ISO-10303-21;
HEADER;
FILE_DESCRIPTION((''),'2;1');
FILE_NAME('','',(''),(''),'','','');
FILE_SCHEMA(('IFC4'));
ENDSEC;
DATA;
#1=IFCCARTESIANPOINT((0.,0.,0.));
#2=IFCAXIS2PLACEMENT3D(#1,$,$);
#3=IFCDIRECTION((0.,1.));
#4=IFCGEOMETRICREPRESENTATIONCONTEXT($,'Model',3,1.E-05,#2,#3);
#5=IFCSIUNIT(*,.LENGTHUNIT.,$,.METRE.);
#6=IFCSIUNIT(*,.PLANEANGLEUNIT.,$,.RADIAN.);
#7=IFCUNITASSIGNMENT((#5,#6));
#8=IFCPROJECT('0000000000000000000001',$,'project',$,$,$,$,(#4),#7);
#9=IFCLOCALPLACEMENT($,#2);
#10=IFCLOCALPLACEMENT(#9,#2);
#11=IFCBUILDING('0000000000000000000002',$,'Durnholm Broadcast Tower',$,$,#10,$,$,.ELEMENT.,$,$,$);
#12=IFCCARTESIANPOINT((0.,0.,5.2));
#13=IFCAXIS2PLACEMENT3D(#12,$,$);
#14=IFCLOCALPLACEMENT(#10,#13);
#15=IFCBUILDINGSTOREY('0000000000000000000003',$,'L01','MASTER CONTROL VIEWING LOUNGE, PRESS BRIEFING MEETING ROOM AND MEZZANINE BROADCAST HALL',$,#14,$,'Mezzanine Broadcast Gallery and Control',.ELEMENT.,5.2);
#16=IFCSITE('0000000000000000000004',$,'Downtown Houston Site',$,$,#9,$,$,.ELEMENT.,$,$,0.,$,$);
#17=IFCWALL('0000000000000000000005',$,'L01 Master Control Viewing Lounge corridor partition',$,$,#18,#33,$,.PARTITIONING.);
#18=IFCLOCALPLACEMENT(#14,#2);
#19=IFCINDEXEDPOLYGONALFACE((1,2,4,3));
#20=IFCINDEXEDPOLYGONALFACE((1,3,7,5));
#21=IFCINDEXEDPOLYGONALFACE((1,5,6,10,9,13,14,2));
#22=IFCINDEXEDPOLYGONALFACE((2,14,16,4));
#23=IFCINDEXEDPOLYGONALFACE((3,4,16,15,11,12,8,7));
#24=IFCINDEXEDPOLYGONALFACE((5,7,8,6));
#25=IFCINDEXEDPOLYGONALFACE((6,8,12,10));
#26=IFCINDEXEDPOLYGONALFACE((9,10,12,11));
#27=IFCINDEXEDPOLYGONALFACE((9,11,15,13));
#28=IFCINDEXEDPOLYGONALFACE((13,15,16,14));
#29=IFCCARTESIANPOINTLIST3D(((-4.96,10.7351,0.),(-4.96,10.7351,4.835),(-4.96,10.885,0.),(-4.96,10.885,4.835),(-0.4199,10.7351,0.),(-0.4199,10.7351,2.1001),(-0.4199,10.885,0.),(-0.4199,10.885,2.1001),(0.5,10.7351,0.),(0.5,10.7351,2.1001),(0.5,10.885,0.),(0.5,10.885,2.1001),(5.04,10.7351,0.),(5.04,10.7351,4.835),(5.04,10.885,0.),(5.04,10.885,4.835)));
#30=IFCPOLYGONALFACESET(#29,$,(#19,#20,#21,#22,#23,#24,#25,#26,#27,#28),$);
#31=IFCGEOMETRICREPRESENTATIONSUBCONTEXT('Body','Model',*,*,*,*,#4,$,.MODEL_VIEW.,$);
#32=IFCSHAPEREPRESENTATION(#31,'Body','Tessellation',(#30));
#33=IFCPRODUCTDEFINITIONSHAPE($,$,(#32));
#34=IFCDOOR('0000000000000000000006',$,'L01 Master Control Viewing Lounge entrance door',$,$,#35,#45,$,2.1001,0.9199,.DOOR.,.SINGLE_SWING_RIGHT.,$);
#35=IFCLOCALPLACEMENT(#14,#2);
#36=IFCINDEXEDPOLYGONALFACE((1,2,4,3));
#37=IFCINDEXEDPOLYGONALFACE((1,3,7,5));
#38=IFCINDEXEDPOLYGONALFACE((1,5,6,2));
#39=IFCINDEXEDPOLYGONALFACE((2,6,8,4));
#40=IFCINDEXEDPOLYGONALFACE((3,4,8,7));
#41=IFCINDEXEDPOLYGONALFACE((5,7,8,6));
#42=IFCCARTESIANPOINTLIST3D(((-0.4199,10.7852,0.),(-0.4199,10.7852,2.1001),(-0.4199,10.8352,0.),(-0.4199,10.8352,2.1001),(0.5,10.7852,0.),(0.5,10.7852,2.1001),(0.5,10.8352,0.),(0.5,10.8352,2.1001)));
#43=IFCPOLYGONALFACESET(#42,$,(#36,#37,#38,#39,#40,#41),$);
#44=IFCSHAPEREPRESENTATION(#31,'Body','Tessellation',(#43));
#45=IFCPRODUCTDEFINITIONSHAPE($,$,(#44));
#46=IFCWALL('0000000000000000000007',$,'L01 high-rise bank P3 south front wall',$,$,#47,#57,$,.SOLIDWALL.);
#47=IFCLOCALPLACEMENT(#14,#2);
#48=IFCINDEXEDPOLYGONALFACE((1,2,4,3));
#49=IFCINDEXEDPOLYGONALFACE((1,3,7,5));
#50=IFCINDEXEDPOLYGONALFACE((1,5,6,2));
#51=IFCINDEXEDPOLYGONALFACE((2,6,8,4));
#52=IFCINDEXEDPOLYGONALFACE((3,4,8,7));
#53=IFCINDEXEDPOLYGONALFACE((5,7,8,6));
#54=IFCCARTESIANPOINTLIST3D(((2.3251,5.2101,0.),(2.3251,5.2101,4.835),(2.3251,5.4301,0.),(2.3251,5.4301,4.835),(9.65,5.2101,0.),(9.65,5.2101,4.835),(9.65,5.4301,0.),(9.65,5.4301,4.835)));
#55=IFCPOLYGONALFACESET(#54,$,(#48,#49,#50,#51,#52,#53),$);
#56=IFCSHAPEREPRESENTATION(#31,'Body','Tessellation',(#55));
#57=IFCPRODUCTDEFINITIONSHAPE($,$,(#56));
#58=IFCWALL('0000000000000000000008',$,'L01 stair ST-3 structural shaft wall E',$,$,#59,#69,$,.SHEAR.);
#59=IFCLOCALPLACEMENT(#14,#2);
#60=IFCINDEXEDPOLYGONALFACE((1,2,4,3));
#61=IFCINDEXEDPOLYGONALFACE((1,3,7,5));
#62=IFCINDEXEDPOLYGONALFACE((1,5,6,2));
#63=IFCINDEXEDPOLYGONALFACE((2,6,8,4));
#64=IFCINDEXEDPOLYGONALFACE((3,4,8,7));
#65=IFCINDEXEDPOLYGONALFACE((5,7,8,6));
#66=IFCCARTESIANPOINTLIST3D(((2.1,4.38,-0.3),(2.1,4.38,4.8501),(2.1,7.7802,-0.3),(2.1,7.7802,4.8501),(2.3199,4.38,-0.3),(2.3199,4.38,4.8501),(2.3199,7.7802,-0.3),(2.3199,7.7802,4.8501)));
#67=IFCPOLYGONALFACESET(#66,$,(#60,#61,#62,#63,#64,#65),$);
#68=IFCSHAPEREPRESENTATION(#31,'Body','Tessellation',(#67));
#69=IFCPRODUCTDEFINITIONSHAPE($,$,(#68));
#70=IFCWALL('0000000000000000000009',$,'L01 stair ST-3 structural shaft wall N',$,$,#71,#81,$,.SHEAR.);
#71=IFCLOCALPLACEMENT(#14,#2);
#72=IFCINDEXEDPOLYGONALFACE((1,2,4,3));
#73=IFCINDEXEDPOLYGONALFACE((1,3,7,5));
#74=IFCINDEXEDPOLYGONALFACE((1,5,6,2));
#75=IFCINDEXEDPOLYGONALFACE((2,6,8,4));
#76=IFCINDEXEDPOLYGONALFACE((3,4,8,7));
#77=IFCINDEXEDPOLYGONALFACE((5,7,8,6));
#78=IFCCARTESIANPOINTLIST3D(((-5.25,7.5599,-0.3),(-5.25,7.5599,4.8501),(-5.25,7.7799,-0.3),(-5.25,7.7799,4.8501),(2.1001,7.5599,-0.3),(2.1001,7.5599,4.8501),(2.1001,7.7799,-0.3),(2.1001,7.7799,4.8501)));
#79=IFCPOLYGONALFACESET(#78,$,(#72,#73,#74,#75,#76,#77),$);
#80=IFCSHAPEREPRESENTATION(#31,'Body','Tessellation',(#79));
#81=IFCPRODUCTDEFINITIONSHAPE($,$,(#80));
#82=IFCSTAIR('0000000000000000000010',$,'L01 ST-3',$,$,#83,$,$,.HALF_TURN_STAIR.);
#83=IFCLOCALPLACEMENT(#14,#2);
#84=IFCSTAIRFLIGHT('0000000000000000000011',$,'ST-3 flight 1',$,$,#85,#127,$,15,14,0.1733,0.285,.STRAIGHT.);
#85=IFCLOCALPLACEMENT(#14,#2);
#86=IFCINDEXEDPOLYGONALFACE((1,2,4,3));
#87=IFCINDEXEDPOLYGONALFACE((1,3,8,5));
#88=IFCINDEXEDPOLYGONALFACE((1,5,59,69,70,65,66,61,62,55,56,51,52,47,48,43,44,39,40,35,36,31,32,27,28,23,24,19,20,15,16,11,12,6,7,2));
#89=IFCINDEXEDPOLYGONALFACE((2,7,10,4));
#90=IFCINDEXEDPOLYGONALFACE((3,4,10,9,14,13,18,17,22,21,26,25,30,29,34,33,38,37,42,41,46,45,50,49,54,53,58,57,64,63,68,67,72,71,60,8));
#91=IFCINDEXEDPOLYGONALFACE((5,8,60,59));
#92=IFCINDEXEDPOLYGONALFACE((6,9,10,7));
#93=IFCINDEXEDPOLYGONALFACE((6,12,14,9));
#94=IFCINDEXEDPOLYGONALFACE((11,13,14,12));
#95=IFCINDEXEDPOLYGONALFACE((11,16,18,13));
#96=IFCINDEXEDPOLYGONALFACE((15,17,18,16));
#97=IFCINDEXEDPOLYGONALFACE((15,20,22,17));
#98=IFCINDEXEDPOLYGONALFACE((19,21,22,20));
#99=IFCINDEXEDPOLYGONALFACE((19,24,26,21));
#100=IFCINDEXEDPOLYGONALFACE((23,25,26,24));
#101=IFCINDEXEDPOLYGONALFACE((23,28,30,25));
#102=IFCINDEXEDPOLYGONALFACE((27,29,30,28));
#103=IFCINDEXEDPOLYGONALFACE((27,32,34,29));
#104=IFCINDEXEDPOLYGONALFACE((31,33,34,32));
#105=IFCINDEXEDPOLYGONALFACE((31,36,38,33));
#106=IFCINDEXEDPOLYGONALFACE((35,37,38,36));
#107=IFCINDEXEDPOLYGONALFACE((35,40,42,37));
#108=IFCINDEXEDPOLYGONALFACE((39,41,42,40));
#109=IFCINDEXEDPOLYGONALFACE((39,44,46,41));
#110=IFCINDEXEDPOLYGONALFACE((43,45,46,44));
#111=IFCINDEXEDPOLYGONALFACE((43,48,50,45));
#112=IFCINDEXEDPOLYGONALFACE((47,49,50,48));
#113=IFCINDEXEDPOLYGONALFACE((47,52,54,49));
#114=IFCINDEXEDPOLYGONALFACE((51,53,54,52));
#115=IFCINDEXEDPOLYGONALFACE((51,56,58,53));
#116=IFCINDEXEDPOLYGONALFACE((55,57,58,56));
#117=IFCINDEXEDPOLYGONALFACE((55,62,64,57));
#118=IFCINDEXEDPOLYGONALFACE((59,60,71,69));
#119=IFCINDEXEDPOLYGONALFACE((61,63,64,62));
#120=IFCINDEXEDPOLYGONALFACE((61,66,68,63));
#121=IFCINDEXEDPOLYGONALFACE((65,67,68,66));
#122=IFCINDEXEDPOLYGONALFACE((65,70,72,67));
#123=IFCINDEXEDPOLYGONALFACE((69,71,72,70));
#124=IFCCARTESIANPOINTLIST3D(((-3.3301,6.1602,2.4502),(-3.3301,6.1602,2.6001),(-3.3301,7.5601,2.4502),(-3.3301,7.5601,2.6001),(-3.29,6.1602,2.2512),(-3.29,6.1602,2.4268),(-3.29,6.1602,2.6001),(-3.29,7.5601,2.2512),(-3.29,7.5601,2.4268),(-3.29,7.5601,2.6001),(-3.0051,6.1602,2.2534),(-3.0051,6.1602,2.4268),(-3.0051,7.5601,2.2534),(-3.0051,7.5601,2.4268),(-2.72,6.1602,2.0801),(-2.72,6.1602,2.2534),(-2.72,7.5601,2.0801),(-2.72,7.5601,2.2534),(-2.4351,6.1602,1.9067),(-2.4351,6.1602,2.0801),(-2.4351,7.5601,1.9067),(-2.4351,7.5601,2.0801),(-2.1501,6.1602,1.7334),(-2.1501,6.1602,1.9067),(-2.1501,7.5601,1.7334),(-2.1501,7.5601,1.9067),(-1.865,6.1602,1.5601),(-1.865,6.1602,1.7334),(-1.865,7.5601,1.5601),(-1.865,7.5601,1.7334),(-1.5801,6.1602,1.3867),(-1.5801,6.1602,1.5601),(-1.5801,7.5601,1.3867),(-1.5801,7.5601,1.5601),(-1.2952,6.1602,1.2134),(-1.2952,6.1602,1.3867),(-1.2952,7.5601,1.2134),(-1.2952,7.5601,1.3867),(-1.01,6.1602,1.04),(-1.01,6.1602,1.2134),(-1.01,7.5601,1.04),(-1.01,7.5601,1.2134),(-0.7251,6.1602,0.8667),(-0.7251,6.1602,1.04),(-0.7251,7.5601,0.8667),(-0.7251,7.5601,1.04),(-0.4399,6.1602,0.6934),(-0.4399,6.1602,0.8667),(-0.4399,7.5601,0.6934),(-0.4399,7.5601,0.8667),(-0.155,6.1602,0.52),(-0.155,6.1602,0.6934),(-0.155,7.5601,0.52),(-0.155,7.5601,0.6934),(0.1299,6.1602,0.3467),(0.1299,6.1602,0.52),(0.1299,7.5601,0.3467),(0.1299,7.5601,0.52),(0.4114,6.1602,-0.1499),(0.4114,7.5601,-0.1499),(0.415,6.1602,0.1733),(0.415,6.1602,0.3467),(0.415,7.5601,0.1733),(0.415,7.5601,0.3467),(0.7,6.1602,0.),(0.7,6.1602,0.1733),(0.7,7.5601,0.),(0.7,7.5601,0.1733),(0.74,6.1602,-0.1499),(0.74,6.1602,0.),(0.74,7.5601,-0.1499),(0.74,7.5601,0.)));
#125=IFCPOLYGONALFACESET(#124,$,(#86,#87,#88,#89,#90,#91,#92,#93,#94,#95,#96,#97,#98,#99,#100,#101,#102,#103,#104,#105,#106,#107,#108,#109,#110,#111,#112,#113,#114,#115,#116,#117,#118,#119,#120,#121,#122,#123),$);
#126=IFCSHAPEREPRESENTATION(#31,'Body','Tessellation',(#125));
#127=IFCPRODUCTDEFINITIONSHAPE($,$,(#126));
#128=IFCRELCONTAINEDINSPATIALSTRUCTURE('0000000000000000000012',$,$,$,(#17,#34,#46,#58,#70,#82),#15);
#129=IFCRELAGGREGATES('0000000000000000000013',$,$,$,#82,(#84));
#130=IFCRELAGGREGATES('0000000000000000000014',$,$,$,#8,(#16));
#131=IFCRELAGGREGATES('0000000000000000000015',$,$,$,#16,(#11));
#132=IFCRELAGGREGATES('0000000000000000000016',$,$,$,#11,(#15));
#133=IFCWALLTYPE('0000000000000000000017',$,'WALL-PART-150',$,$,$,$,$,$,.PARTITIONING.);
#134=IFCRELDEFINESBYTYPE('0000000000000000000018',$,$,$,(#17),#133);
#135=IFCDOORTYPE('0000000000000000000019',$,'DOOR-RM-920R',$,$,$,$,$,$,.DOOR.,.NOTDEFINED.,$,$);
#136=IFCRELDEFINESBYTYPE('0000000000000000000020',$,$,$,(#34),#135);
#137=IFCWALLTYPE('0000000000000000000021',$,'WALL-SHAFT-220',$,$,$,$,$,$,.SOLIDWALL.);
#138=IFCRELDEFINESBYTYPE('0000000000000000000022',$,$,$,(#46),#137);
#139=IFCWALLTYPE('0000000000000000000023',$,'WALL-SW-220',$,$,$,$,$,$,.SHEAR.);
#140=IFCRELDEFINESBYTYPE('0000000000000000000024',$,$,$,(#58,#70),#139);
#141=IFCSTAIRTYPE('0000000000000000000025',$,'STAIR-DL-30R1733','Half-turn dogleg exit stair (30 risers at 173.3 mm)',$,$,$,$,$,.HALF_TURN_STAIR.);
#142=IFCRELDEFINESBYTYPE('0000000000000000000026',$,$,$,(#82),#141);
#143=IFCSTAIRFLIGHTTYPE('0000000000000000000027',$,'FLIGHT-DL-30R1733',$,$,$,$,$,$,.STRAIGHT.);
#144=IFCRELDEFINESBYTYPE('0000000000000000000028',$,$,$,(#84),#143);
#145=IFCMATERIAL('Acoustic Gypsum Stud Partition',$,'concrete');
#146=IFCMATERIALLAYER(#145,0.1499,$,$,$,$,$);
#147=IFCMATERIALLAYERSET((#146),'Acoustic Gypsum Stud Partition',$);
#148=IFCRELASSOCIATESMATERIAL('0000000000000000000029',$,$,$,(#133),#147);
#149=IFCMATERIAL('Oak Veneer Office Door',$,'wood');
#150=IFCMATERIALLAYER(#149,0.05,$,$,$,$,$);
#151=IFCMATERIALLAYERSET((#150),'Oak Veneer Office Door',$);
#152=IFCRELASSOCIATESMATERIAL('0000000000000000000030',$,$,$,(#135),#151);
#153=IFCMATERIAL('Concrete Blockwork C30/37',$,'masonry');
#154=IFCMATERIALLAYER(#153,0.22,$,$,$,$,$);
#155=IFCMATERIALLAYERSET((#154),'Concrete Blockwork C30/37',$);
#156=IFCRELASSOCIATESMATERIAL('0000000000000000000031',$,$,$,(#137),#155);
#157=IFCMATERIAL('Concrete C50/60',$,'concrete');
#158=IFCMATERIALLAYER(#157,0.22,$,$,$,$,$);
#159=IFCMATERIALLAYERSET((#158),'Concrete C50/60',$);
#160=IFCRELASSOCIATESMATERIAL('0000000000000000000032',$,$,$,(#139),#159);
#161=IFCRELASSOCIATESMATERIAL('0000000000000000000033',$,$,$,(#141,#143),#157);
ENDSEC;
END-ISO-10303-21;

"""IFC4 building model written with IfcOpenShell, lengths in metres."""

from ifc_helpers import new_model, si_unit, direction, frame, frame_2d, origin, place, context, subcontext, project, spatial, polyline, rectangle, outline, extrude, source, transform, mapped, material, layer, layer_set, type_object, type_shapes, element, fill, aggregate, save


model = new_model("IFC4")

# Units and contexts
model_context = context("Model", 3, precision=1e-05, world=origin(), true_north=direction((0.0, 1.0)))
body_context = subcontext(model_context, "Body", "Model", "MODEL_VIEW")
ifc_project = project(units=[si_unit("LENGTHUNIT", "METRE"), si_unit("PLANEANGLEUNIT", "RADIAN")], contexts=[model_context])

# Site, building, storey
site_placement = place(None, origin())
site = spatial("IfcSite", under=ifc_project, at=site_placement, Name="Downtown Houston Site", CompositionType="ELEMENT", RefElevation=0.0)
building_placement = place(site_placement, origin())
building = spatial("IfcBuilding", under=site, at=building_placement, Name="Durnholm Broadcast Tower", CompositionType="ELEMENT")
storey_placement = place(building_placement, frame((0.0, 0.0, 5.2)))
storey = spatial("IfcBuildingStorey", under=building, at=storey_placement, Name="L01", Description="MASTER CONTROL VIEWING LOUNGE, PRESS BRIEFING MEETING ROOM AND MEZZANINE BROADCAST HALL", LongName="Mezzanine Broadcast Gallery and Control", CompositionType="ELEMENT", Elevation=5.2)

# Wall, opening, door
ifc_material_1 = material(Name="Acoustic Gypsum Stud Partition", Category="concrete")
ifc_layer_1 = layer(ifc_material_1, 0.1499)
ifc_layer_set_1 = layer_set([ifc_layer_1], Name="Acoustic Gypsum Stud Partition")
wall_type_1 = type_object("IfcWallType", Name="WALL-PART-150", PredefinedType="PARTITIONING", material=ifc_layer_set_1)
wall_1_placement = place(storey_placement, frame((5.04, 10.8101, 0.0), z_axis=(0.0, 0.0, 1.0), x_axis=(-1.0, 0.0, 0.0)))
wall_1 = element("IfcWall", 1, at=wall_1_placement, inside=storey, type_object=wall_type_1, Name="L01 Master Control Viewing Lounge corridor partition", PredefinedType="PARTITIONING", context=body_context, shape_type="SweptSolid", body=[
    extrude(rectangle(XDim=10.0, YDim=0.1499, at=frame_2d((5.0, 0.0))), origin(), (0.0, 0.0, 1.0), 4.835),
])
opening_placement = place(wall_1_placement, frame((4.54, 0.0, 0.0)))
opening = element("IfcOpeningElement", 2, at=opening_placement, cuts=wall_1, PredefinedType="OPENING", context=body_context, shape_type="SweptSolid", body=[
    extrude(rectangle(XDim=0.9199, YDim=2.1001, at=frame_2d((0.46, 1.05))), frame((0.0, 0.085, 0.0), z_axis=(0.0, -1.0, 0.0), x_axis=(1.0, 0.0, 0.0)), (0.0, 0.0, 1.0), 0.1699),
])
ifc_material_2 = material(Name="Oak Veneer Office Door", Category="wood")
ifc_layer_2 = layer(ifc_material_2, 0.05)
ifc_layer_set_2 = layer_set([ifc_layer_2], Name="Oak Veneer Office Door")
door_type = type_object("IfcDoorType", Name="DOOR-RM-920R", OperationType="NOTDEFINED", PredefinedType="DOOR", material=ifc_layer_set_2)
shared_shape_1 = source(origin(), body_context, "Body", "SweptSolid", [
    extrude(rectangle(XDim=0.9199, YDim=2.1001, at=frame_2d((0.46, 1.05))), frame((0.0, 0.0249, 0.0), z_axis=(0.0, -1.0, 0.0), x_axis=(1.0, 0.0, 0.0)), (0.0, 0.0, 1.0), 0.05),
])
type_shapes(door_type, [shared_shape_1])
door_placement = place(opening_placement, origin())
door = element("IfcDoor", 3, at=door_placement, inside=storey, type_object=door_type, Name="L01 Master Control Viewing Lounge entrance door", OperationType="SINGLE_SWING_RIGHT", OverallHeight=2.1001, OverallWidth=0.9199, PredefinedType="DOOR", context=body_context, shape_type="MappedRepresentation", body=[
    mapped(shared_shape_1, transform((0.0, 0.0, 0.0), x_axis=(1.0, 0.0, 0.0), y_axis=(0.0, 1.0, 0.0), z_axis=(0.0, 0.0, 1.0), scale=1.0)),
])
fill(opening, door)

# Walls
ifc_material_3 = material(Name="Concrete Blockwork C30/37", Category="masonry")
ifc_layer_3 = layer(ifc_material_3, 0.22)
ifc_layer_set_3 = layer_set([ifc_layer_3], Name="Concrete Blockwork C30/37")
wall_type_2 = type_object("IfcWallType", Name="WALL-SHAFT-220", PredefinedType="SOLIDWALL", material=ifc_layer_set_3)
wall_2_placement = place(storey_placement, frame((2.325, 5.3201, 0.0), z_axis=(0.0, 0.0, 1.0), x_axis=(1.0, 0.0, 0.0)))
element("IfcWall", 4, at=wall_2_placement, inside=storey, type_object=wall_type_2, Name="L01 high-rise bank P3 south front wall", PredefinedType="SOLIDWALL", context=body_context, shape_type="SweptSolid", body=[
    extrude(rectangle(XDim=7.325, YDim=0.22, at=frame_2d((3.6626, 0.0))), origin(), (0.0, 0.0, 1.0), 4.835),
])
ifc_material_4 = material(Name="Concrete C50/60", Category="concrete")
ifc_layer_4 = layer(ifc_material_4, 0.22)
ifc_layer_set_4 = layer_set([ifc_layer_4], Name="Concrete C50/60")
wall_type_3 = type_object("IfcWallType", Name="WALL-SW-220", PredefinedType="SHEAR", material=ifc_layer_set_4)
wall_3_placement = place(storey_placement, frame((2.21, 4.3799, -0.3), z_axis=(0.0, 0.0, 1.0), x_axis=(0.0, 1.0, 0.0)))
element("IfcWall", 5, at=wall_3_placement, inside=storey, type_object=wall_type_3, Name="L01 stair ST-3 structural shaft wall E", PredefinedType="SHEAR", context=body_context, shape_type="SweptSolid", body=[
    extrude(rectangle(XDim=3.4001, YDim=0.22, at=frame_2d((1.7002, 0.0))), origin(), (0.0, 0.0, 1.0), 5.1501),
])
wall_4_placement = place(storey_placement, frame((2.1001, 7.6699, -0.3), z_axis=(0.0, 0.0, 1.0), x_axis=(-1.0, 0.0, 0.0)))
element("IfcWall", 6, at=wall_4_placement, inside=storey, type_object=wall_type_3, Name="L01 stair ST-3 structural shaft wall N", PredefinedType="SHEAR", context=body_context, shape_type="SweptSolid", body=[
    extrude(rectangle(XDim=7.3501, YDim=0.22, at=frame_2d((3.675, 0.0))), origin(), (0.0, 0.0, 1.0), 5.1501),
])

# Stair, stair flight
stair_type = type_object("IfcStairType", Name="STAIR-DL-30R1733", Description="Half-turn dogleg exit stair (30 risers at 173.3 mm)", PredefinedType="HALF_TURN_STAIR", material=ifc_material_4)
stair_placement = place(storey_placement, origin())
stair = element("IfcStair", 7, at=stair_placement, inside=storey, type_object=stair_type, Name="L01 ST-3", PredefinedType="HALF_TURN_STAIR")
stair_flight_type = type_object("IfcStairFlightType", Name="FLIGHT-DL-30R1733", PredefinedType="STRAIGHT", material=ifc_material_4)
stair_flight_placement = place(storey_placement, frame((0.7, 6.8601, 0.0), z_axis=(0.0, 0.0, 1.0), x_axis=(-1.0, 0.0, 0.0)))
stair_flight = element("IfcStairFlight", 8, at=stair_flight_placement, type_object=stair_flight_type, Name="ST-3 flight 1", NumberOfRisers=15, NumberOfTreads=14, PredefinedType="STRAIGHT", RiserHeight=0.1733, TreadLength=0.285, context=body_context, shape_type="SweptSolid", body=[
    extrude(outline(polyline([(-0.04, -0.1499), (-0.04, 0.0), (0.0, 0.0), (0.0, 0.1733), (0.2849, 0.1733), (0.2849, 0.3467), (0.5701, 0.3467), (0.5701, 0.52), (0.855, 0.52), (0.855, 0.6934), (1.1399, 0.6934), (1.1399, 0.8667), (1.425, 0.8667), (1.425, 1.04), (1.71, 1.04), (1.71, 1.2134), (1.9951, 1.2134), (1.9951, 1.3867), (2.28, 1.3867), (2.28, 1.5601), (2.5649, 1.5601), (2.5649, 1.7334), (2.8501, 1.7334), (2.8501, 1.9067), (3.135, 1.9067), (3.135, 2.0801), (3.4199, 2.0801), (3.4199, 2.2534), (3.7051, 2.2534), (3.7051, 2.4268), (3.99, 2.4268), (3.99, 2.6001), (4.03, 2.6001), (4.03, 2.4502), (3.99, 2.2512), (0.2886, -0.1499), (-0.04, -0.1499)])), frame((0.0, 0.7, 0.0), z_axis=(0.0, -1.0, 0.0), x_axis=(1.0, 0.0, 0.0)), (0.0, 0.0, 1.0), 1.3999),
])
aggregate(stair, [stair_flight])

save(model, "model.ifc")
